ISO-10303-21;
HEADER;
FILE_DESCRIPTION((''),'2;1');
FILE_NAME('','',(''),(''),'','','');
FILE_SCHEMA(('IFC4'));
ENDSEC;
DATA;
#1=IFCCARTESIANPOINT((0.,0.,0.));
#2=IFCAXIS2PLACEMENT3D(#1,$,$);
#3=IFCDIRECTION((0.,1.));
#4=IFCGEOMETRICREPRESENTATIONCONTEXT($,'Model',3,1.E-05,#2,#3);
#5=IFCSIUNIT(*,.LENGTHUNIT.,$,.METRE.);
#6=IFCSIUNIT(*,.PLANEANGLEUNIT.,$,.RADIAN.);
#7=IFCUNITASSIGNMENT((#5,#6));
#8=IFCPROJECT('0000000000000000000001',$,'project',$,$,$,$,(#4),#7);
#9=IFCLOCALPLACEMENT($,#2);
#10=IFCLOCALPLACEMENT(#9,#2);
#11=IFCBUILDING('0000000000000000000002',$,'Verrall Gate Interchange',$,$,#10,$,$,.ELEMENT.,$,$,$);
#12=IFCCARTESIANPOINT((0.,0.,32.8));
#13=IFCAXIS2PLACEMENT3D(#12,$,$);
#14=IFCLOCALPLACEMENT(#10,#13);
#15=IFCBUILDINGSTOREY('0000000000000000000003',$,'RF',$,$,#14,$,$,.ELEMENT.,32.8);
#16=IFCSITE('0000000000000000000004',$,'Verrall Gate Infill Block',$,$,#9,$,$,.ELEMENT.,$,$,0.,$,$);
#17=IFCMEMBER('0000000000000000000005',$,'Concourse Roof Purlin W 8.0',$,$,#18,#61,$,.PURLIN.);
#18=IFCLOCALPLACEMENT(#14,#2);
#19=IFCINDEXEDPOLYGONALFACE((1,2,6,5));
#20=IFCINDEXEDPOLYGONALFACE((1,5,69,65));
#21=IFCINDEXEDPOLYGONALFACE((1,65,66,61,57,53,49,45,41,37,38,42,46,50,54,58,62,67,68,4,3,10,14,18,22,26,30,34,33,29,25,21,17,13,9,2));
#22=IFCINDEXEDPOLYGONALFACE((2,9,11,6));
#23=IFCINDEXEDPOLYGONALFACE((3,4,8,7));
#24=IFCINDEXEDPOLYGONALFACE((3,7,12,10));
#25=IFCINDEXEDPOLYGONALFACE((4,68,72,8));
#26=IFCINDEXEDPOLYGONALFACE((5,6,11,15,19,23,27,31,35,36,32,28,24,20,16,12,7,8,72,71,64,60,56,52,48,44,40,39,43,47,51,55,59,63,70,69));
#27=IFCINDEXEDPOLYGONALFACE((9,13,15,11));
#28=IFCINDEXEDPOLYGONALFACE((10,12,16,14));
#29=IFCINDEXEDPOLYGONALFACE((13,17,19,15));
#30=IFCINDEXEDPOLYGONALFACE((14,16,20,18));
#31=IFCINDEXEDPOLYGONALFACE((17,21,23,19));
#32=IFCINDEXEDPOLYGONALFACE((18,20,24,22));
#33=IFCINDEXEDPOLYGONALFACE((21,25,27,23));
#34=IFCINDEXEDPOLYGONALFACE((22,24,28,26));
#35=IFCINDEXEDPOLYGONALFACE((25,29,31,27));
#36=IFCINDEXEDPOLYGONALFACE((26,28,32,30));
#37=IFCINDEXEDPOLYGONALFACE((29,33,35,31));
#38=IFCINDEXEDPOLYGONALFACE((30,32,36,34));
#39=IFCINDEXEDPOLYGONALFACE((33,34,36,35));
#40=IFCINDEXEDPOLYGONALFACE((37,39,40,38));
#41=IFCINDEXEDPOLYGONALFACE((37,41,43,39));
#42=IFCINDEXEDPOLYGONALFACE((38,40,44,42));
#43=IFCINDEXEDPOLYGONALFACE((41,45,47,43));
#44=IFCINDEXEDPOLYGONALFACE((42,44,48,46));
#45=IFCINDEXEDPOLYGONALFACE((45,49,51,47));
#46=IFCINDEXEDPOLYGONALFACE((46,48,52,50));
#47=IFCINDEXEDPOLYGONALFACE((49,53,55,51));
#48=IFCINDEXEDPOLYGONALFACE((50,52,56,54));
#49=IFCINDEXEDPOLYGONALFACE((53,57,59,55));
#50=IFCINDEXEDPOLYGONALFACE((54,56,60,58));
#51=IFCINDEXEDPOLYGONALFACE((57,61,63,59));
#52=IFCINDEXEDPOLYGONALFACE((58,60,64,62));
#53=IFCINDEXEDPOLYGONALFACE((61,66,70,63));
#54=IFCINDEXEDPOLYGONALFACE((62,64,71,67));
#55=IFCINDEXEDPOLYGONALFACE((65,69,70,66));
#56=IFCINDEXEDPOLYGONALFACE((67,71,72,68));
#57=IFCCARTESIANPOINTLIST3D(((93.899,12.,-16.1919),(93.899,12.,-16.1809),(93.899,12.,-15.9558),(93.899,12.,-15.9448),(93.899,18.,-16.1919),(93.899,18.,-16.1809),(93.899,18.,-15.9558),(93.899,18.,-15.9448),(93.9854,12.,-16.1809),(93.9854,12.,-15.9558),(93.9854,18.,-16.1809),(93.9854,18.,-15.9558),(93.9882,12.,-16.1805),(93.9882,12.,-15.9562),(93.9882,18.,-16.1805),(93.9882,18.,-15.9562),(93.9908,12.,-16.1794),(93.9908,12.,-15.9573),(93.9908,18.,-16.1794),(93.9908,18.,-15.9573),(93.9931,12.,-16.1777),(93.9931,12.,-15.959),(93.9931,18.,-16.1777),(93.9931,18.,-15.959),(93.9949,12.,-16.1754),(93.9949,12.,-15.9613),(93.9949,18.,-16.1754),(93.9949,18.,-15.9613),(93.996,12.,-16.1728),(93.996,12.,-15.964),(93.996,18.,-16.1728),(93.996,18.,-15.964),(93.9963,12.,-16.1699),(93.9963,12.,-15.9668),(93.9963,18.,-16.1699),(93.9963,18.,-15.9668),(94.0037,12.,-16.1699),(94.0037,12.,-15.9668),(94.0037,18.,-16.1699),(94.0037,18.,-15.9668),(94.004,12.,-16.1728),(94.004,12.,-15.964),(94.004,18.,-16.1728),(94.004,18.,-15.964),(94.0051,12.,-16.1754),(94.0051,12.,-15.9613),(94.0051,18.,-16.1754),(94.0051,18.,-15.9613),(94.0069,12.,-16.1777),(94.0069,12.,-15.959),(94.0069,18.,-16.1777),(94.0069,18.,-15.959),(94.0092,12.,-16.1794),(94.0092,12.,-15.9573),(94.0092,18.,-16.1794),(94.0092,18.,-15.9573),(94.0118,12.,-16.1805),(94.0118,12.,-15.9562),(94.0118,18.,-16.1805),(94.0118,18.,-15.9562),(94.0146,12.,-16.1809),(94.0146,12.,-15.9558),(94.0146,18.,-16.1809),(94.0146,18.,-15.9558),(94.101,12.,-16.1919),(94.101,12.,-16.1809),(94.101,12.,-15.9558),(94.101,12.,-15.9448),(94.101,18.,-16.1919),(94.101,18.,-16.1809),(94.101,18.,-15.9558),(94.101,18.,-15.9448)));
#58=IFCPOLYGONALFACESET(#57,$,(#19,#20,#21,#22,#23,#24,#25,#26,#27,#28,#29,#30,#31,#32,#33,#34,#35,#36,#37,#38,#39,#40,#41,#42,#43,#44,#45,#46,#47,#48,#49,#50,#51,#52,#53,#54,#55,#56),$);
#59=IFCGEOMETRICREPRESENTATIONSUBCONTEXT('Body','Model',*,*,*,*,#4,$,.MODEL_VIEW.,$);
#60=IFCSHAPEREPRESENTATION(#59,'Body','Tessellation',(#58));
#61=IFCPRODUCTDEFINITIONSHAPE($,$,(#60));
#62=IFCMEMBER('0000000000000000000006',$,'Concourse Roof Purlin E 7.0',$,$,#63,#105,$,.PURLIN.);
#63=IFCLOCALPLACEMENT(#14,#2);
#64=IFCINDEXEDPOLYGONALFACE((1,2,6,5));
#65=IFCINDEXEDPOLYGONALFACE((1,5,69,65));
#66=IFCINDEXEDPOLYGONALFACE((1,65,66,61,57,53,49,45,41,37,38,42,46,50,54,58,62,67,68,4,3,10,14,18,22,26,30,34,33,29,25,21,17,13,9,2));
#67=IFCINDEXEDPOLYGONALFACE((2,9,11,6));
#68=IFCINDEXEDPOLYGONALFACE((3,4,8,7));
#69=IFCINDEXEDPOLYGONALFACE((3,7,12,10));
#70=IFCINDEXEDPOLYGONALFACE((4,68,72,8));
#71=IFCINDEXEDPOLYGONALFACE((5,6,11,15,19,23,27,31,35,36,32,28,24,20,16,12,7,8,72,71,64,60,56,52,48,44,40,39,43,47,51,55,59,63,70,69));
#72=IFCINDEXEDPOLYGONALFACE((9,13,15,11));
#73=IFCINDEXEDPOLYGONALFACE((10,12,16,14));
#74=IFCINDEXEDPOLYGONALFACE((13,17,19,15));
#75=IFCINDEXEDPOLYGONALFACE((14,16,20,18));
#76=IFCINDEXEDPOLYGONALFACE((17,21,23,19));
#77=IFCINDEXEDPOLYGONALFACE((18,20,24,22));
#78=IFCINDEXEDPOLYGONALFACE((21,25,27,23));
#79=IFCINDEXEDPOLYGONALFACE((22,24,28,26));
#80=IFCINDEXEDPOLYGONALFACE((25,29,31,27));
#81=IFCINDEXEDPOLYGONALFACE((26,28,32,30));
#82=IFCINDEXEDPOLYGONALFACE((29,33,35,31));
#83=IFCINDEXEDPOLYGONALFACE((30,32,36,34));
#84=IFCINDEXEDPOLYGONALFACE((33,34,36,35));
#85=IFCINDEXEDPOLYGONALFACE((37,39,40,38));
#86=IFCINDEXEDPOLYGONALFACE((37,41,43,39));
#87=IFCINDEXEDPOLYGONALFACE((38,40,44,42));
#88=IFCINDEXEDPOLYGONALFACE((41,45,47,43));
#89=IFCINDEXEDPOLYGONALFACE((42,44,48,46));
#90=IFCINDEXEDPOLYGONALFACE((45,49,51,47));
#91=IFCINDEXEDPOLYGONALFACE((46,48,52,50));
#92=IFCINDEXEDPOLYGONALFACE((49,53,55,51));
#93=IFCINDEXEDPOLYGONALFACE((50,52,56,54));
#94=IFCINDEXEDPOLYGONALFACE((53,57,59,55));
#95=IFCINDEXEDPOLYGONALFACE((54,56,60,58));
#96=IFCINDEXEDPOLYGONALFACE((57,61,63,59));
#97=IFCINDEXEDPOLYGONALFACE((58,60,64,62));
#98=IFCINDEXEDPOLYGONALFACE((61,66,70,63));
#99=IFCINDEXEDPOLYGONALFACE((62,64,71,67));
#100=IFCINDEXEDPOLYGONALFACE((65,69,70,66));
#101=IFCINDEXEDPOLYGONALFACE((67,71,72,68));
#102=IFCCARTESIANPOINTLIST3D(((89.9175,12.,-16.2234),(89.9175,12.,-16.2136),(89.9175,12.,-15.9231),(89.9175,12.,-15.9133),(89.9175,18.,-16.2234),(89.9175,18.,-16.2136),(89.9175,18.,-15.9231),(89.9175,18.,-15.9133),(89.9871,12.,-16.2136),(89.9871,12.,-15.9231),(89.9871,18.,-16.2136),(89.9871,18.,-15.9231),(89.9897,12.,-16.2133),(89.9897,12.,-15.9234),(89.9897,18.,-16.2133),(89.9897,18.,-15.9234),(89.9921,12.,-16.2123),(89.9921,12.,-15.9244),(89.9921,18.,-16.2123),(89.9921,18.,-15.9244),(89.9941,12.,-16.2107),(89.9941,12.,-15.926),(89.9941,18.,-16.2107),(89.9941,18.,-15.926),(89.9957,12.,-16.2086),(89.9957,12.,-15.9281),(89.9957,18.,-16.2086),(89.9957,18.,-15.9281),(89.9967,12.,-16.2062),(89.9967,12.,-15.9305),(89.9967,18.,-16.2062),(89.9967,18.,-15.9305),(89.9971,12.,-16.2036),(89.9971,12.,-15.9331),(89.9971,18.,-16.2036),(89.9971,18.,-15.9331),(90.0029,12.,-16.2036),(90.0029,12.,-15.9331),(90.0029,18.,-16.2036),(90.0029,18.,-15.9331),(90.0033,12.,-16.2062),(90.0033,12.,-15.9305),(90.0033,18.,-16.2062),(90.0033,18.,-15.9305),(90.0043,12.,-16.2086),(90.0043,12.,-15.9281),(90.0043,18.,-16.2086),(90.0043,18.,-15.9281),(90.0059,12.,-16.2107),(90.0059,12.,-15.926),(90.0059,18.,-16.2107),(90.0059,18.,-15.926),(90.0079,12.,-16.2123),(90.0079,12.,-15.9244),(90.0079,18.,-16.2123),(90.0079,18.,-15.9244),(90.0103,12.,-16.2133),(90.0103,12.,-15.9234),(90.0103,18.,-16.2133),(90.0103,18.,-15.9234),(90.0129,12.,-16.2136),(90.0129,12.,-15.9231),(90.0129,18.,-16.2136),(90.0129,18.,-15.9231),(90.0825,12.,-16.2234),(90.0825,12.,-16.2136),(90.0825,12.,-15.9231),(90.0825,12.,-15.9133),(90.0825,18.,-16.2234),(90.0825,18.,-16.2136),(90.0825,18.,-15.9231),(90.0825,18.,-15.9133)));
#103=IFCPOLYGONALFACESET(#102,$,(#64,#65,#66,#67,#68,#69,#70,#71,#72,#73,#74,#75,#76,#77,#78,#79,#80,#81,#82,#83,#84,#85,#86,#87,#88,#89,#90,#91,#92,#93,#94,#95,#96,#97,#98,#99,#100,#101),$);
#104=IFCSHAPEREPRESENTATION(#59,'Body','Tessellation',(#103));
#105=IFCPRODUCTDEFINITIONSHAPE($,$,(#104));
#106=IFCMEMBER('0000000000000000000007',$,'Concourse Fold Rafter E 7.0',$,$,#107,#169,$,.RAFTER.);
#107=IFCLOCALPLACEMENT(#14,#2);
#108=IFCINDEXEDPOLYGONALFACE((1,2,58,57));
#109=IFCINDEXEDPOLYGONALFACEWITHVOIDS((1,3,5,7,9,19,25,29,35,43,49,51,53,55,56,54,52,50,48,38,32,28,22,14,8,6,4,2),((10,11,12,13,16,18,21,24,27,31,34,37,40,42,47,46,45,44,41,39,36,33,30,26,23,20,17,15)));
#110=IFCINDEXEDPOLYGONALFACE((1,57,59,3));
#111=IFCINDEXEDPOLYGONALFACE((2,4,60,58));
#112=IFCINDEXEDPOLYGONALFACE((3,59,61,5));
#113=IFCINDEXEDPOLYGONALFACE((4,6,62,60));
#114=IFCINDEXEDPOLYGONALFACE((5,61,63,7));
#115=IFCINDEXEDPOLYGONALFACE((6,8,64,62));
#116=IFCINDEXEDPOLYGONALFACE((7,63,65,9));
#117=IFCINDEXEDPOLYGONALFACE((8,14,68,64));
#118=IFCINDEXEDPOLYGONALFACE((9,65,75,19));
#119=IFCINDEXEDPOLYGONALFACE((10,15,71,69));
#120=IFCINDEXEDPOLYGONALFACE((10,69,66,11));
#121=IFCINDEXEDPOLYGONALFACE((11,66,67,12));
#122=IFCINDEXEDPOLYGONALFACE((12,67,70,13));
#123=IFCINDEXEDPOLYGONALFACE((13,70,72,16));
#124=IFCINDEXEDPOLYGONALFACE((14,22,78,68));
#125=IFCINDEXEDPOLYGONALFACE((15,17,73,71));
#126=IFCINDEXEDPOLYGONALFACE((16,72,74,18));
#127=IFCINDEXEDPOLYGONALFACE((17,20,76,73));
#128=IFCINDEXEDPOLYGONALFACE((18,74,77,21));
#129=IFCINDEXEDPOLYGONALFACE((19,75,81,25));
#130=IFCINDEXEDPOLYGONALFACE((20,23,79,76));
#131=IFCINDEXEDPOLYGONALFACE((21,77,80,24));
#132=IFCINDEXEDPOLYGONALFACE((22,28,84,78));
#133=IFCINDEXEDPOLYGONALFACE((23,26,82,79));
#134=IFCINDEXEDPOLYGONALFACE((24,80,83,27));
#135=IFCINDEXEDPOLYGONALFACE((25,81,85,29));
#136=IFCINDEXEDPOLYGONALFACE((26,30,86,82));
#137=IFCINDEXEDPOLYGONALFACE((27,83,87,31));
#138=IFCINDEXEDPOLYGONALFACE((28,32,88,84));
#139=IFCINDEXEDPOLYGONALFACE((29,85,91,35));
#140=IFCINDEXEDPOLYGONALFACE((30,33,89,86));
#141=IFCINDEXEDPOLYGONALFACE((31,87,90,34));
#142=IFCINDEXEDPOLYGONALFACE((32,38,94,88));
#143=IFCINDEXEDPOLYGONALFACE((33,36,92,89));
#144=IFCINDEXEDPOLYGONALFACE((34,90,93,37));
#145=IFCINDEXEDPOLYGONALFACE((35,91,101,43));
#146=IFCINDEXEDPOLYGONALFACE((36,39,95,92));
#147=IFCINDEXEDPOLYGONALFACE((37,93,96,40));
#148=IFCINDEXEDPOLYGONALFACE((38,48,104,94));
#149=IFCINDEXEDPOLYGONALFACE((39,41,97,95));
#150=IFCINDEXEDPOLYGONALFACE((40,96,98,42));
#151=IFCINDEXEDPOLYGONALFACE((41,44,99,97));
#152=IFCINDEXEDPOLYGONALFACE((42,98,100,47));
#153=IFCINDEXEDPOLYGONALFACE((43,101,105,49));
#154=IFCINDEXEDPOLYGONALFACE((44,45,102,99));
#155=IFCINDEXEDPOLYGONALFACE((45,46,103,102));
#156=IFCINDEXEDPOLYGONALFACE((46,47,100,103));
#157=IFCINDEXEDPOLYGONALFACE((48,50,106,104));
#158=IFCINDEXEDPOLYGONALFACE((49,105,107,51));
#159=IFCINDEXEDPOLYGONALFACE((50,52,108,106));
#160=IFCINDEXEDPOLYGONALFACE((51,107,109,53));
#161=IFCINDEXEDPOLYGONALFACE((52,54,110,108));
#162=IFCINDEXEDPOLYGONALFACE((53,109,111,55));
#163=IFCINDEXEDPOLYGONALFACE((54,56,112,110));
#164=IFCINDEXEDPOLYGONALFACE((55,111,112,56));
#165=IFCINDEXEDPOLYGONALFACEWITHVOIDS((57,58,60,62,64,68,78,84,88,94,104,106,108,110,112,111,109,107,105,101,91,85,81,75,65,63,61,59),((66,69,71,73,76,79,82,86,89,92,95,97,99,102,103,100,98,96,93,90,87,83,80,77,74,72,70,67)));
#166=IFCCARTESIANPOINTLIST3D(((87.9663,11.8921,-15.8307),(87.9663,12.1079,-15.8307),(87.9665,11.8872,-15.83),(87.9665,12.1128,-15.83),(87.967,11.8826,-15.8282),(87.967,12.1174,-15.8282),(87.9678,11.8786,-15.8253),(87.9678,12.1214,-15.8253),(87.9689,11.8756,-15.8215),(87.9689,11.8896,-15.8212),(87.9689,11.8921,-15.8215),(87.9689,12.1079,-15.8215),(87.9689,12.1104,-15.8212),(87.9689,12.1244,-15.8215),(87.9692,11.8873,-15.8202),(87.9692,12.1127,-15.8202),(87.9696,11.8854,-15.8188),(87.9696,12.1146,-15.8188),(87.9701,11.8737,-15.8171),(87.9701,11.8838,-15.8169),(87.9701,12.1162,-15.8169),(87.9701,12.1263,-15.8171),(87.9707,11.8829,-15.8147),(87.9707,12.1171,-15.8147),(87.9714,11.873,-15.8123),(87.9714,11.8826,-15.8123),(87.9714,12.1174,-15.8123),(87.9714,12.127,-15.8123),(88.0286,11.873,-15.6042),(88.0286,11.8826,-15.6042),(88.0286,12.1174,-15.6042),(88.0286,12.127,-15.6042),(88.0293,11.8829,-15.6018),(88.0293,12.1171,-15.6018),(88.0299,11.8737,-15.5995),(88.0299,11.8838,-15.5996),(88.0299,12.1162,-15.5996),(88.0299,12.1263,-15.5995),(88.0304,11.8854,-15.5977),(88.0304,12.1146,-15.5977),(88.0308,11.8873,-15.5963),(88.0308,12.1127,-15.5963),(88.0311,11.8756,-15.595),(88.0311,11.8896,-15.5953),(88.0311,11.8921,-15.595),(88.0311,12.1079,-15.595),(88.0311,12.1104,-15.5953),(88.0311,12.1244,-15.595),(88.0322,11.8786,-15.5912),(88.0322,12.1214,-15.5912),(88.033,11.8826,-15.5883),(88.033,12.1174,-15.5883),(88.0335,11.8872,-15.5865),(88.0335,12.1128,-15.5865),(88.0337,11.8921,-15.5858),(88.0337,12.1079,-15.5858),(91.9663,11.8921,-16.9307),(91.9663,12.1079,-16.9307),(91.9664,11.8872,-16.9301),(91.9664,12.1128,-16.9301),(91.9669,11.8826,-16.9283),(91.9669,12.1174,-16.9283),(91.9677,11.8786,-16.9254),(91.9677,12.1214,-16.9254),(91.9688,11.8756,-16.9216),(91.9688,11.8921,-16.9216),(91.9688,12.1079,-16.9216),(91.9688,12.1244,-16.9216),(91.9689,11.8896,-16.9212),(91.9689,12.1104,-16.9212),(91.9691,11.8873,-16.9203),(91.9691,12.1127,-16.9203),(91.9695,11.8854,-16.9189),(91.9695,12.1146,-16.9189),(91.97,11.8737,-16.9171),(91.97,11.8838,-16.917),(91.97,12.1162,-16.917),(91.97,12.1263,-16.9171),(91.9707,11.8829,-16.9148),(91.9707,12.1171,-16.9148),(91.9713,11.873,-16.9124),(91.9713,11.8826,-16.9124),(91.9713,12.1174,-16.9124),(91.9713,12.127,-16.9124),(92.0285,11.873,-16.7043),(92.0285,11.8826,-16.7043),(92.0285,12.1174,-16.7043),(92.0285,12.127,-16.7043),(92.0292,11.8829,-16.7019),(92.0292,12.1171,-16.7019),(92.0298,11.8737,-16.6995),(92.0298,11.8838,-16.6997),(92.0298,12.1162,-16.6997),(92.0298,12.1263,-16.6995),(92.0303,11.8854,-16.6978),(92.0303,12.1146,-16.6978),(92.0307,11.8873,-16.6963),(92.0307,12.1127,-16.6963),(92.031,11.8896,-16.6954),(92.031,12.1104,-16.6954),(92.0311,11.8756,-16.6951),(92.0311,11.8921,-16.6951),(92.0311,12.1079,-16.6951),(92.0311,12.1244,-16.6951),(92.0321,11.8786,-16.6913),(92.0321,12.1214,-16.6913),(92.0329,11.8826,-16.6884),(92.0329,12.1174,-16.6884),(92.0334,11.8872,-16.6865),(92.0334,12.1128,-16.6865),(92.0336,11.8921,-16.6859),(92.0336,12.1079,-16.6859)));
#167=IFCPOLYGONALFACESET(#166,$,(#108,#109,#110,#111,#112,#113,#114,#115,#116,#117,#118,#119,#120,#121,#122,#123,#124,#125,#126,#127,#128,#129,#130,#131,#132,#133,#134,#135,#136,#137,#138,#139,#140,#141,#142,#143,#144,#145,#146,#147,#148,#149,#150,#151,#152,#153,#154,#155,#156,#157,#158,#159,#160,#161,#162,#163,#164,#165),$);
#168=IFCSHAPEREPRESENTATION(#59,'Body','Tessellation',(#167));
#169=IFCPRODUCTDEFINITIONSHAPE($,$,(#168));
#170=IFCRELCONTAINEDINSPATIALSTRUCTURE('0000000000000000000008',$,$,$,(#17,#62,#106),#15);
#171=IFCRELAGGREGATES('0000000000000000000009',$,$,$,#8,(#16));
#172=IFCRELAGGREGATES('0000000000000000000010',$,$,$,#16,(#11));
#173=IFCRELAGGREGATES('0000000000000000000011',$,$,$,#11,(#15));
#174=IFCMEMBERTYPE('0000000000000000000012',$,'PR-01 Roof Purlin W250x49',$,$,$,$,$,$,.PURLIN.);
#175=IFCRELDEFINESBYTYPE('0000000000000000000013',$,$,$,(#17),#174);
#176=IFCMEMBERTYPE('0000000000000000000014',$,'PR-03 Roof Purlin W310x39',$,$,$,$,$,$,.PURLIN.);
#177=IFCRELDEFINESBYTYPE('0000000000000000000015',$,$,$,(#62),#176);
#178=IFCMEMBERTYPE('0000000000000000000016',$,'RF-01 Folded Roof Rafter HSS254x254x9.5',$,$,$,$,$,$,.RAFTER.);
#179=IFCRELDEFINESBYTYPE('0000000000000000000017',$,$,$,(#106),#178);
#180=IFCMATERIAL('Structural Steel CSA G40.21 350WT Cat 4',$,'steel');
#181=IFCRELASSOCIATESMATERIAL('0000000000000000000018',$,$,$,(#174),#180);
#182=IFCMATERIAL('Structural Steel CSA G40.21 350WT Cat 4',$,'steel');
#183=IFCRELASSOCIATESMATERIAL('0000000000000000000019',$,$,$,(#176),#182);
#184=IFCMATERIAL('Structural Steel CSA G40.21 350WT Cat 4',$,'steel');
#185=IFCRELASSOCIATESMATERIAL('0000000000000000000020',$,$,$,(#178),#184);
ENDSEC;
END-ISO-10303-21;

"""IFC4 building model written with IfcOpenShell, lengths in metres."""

from ifc_helpers import new_model, si_unit, direction, frame, origin, origin_2d, place, context, subcontext, project, spatial, hollow_rectangle, i_section, extrude, material, material_profile, profile_set, type_object, element, save


model = new_model("IFC4")

# Units and contexts
model_context = context("Model", 3, precision=1e-05, world=origin(), true_north=direction((0.0, 1.0)))
body_context = subcontext(model_context, "Body", "Model", "MODEL_VIEW")
ifc_project = project(units=[si_unit("LENGTHUNIT", "METRE"), si_unit("PLANEANGLEUNIT", "RADIAN")], contexts=[model_context])

# Site, building, storey
site_placement = place(None, origin())
site = spatial("IfcSite", under=ifc_project, at=site_placement, Name="Verrall Gate Infill Block", CompositionType="ELEMENT", RefElevation=0.0)
building_placement = place(site_placement, origin())
building = spatial("IfcBuilding", under=site, at=building_placement, Name="Verrall Gate Interchange", CompositionType="ELEMENT")
storey_placement = place(building_placement, frame((0.0, 0.0, 32.8)))
storey = spatial("IfcBuildingStorey", under=building, at=storey_placement, Name="RF", CompositionType="ELEMENT", Elevation=32.8)

# Members
ifc_material_1 = material(Name="Structural Steel CSA G40.21 350WT Cat 4", Category="steel")
ifc_material_profile_1 = material_profile(ifc_material_1, i_section(OverallWidth=0.2019, OverallDepth=0.2471, WebThickness=0.0073, FlangeThickness=0.011, FilletRadius=0.011, at=origin_2d()), Name="W250x49")
ifc_profile_set_1 = profile_set([ifc_material_profile_1], Name="Structural Steel CSA G40.21 350WT Cat 4")
member_type_1 = type_object("IfcMemberType", Name="PR-01 Roof Purlin W250x49", PredefinedType="PURLIN", material=ifc_profile_set_1)
for number, where, z_axis, x_axis, name in (
    (1, (94.0, 12.0, -16.0684), (0.0, 1.0, 0.0), (-1.0, 0.0, 0.0), "Concourse Roof Purlin W 8.0"),
):
    element("IfcMember", number, at=place(storey_placement, frame(where, z_axis=z_axis, x_axis=x_axis)), inside=storey, type_object=member_type_1, Name=name, PredefinedType="PURLIN", context=body_context, shape_type="SweptSolid", body=[
        extrude(i_section(OverallWidth=0.2019, OverallDepth=0.2471, WebThickness=0.0073, FlangeThickness=0.011, FilletRadius=0.011, at=origin_2d()), origin(), (0.0, 0.0, 1.0), 6.0),
    ])
ifc_material_2 = material(Name="Structural Steel CSA G40.21 350WT Cat 4", Category="steel")
ifc_material_profile_2 = material_profile(ifc_material_2, i_section(OverallWidth=0.165, OverallDepth=0.3101, WebThickness=0.0059, FlangeThickness=0.0098, FilletRadius=0.01, at=origin_2d()), Name="W310x39")
ifc_profile_set_2 = profile_set([ifc_material_profile_2], Name="Structural Steel CSA G40.21 350WT Cat 4")
member_type_2 = type_object("IfcMemberType", Name="PR-03 Roof Purlin W310x39", PredefinedType="PURLIN", material=ifc_profile_set_2)
member_1_placement = place(storey_placement, frame((90.0, 12.0, -16.0684), z_axis=(0.0, 1.0, 0.0), x_axis=(-1.0, 0.0, 0.0)))
element("IfcMember", 2, at=member_1_placement, inside=storey, type_object=member_type_2, Name="Concourse Roof Purlin E 7.0", PredefinedType="PURLIN", context=body_context, shape_type="SweptSolid", body=[
    extrude(i_section(OverallWidth=0.165, OverallDepth=0.3101, WebThickness=0.0059, FlangeThickness=0.0098, FilletRadius=0.01, at=origin_2d()), origin(), (0.0, 0.0, 1.0), 6.0),
])
ifc_material_3 = material(Name="Structural Steel CSA G40.21 350WT Cat 4", Category="steel")
ifc_material_profile_3 = material_profile(ifc_material_3, hollow_rectangle(XDim=0.2539, YDim=0.2539, WallThickness=0.0095, InnerFilletRadius=0.0095, OuterFilletRadius=0.019, at=origin_2d()), Name="HSS254x254x9.5")
ifc_profile_set_3 = profile_set([ifc_material_profile_3], Name="Structural Steel CSA G40.21 350WT Cat 4")
member_type_3 = type_object("IfcMemberType", Name="RF-01 Folded Roof Rafter HSS254x254x9.5", PredefinedType="RAFTER", material=ifc_profile_set_3)
for number, where, z_axis, x_axis, name in (
    (3, (88.0, 12.0, -15.7083), (0.964199, 0.0, -0.265178), (0.0, 1.0, 0.0), "Concourse Fold Rafter E 7.0"),
):
    element("IfcMember", number, at=place(storey_placement, frame(where, z_axis=z_axis, x_axis=x_axis)), inside=storey, type_object=member_type_3, Name=name, PredefinedType="RAFTER", context=body_context, shape_type="SweptSolid", body=[
        extrude(hollow_rectangle(XDim=0.2539, YDim=0.2539, WallThickness=0.0095, InnerFilletRadius=0.0095, OuterFilletRadius=0.019, at=origin_2d()), origin(), (0.0, 0.0, 1.0), 4.1484),
    ])

save(model, "model.ifc")
